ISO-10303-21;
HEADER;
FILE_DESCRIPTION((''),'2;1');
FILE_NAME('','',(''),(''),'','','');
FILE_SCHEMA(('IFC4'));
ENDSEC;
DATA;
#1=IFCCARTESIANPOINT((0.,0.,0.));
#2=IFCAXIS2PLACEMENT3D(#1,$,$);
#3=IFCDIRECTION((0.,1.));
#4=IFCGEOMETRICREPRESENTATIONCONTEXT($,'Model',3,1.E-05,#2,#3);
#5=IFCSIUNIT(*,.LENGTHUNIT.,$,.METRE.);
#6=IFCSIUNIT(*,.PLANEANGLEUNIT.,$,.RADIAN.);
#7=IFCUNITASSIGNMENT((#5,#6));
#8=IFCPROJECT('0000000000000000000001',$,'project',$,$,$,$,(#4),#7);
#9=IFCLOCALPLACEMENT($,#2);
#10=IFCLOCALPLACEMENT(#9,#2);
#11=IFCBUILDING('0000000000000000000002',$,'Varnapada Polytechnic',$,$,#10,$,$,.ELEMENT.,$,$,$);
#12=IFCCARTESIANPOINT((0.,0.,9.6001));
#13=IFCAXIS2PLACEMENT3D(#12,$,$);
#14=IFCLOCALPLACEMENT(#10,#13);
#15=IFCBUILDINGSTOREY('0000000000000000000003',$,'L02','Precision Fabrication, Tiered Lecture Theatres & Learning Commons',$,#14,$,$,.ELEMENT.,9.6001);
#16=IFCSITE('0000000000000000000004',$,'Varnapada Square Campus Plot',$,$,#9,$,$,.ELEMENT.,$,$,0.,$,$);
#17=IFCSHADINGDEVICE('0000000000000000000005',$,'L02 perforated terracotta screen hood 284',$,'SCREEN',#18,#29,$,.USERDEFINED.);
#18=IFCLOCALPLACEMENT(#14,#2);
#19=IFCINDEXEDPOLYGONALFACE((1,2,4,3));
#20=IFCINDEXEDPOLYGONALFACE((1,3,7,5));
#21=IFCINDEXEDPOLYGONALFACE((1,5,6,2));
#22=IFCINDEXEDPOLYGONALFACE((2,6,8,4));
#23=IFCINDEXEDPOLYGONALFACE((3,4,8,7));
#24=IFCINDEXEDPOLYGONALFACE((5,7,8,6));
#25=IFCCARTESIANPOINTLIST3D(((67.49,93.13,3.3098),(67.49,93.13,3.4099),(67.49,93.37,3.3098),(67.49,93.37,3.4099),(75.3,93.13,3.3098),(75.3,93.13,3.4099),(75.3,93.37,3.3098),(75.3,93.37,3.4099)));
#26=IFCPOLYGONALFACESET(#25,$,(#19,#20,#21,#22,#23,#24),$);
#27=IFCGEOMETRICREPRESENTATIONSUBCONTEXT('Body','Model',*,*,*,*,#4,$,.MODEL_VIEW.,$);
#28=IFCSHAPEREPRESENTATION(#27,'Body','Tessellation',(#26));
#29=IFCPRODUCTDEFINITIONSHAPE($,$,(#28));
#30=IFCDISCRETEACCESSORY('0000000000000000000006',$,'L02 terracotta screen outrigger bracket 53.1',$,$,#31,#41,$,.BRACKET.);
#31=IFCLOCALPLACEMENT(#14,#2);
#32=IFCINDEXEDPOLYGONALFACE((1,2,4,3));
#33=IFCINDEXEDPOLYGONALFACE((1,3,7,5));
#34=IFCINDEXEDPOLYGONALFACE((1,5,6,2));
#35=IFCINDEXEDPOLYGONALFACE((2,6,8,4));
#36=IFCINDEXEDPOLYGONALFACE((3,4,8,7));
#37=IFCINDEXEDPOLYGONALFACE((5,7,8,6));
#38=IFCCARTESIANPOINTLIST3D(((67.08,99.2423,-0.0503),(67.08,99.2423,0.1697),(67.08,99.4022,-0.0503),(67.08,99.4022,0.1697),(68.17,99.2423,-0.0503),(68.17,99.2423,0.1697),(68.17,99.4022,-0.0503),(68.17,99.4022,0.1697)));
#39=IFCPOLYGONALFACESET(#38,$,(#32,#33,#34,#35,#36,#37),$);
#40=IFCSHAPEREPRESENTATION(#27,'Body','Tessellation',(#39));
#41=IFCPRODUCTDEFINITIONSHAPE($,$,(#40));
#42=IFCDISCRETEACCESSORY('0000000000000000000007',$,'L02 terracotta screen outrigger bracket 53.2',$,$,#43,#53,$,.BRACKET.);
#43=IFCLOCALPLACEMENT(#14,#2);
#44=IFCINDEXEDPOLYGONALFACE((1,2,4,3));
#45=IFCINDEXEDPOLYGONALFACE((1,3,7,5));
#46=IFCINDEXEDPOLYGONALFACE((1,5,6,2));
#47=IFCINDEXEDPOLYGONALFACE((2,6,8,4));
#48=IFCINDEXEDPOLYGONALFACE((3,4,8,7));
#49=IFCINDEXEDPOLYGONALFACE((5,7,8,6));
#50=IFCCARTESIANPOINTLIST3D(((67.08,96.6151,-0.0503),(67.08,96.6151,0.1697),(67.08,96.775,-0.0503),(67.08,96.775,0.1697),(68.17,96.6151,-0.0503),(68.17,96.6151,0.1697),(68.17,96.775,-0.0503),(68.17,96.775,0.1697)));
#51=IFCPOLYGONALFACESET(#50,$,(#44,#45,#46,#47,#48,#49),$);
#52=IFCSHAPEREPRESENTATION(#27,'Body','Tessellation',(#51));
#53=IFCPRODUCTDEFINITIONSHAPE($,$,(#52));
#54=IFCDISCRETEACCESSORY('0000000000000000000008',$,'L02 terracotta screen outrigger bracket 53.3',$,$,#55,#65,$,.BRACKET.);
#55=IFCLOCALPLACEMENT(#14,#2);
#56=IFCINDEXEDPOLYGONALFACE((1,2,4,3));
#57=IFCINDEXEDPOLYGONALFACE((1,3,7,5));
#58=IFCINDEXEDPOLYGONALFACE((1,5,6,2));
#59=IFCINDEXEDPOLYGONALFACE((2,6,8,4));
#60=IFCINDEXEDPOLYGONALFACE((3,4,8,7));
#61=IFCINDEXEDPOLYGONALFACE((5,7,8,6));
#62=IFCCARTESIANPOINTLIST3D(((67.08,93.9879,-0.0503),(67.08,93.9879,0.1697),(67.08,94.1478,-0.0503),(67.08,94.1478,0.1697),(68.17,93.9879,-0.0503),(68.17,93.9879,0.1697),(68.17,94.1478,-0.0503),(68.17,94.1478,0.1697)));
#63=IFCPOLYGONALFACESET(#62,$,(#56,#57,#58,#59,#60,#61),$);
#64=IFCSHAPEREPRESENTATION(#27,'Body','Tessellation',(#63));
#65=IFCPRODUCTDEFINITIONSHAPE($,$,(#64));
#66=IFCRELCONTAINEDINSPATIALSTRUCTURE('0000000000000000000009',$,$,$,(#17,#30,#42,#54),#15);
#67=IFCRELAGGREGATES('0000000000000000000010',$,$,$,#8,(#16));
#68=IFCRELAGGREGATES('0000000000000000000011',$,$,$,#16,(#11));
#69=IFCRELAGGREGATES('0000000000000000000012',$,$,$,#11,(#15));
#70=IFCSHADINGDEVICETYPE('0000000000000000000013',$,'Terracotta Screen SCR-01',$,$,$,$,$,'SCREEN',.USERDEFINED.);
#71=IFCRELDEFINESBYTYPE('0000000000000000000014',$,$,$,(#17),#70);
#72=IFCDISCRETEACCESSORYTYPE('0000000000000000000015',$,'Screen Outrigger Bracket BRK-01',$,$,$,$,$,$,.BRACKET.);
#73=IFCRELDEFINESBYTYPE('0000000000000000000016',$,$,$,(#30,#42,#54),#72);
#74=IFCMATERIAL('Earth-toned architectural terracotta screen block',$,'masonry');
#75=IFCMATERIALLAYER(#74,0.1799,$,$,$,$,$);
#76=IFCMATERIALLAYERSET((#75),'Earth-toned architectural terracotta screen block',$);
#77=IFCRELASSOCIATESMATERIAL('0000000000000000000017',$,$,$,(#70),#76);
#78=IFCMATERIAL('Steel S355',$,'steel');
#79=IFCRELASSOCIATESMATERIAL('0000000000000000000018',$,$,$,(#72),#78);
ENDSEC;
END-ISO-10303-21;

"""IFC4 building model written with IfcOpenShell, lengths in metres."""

from ifc_helpers import new_model, si_unit, direction, frame, origin, origin_2d, place, context, subcontext, project, spatial, rectangle, extrude, material, layer, layer_set, type_object, element, save


model = new_model("IFC4")

# Units and contexts
model_context = context("Model", 3, precision=1e-05, world=origin(), true_north=direction((0.0, 1.0)))
body_context = subcontext(model_context, "Body", "Model", "MODEL_VIEW")
ifc_project = project(units=[si_unit("LENGTHUNIT", "METRE"), si_unit("PLANEANGLEUNIT", "RADIAN")], contexts=[model_context])

# Site, building, storey
site_placement = place(None, origin())
site = spatial("IfcSite", under=ifc_project, at=site_placement, Name="Varnapada Square Campus Plot", CompositionType="ELEMENT", RefElevation=0.0)
building_placement = place(site_placement, origin())
building = spatial("IfcBuilding", under=site, at=building_placement, Name="Varnapada Polytechnic", CompositionType="ELEMENT")
storey_placement = place(building_placement, frame((0.0, 0.0, 9.6001)))
storey = spatial("IfcBuildingStorey", under=building, at=storey_placement, Name="L02", Description="Precision Fabrication, Tiered Lecture Theatres & Learning Commons", CompositionType="ELEMENT", Elevation=9.6001)

# Shared definitions
ifc_material_1 = material(Name="Earth-toned architectural terracotta screen block", Category="masonry")

# Shading device
ifc_layer_1 = layer(ifc_material_1, 0.1799)
ifc_layer_set_1 = layer_set([ifc_layer_1], Name="Earth-toned architectural terracotta screen block")
shading_device_type = type_object("IfcShadingDeviceType", Name="Terracotta Screen SCR-01", ElementType="SCREEN", PredefinedType="USERDEFINED", material=ifc_layer_set_1)
shading_device_1_placement = place(storey_placement, frame((71.395, 93.25, 3.3098), z_axis=(0.0, 0.0, 1.0), x_axis=(1.0, 0.0, 0.0)))
element("IfcShadingDevice", 1, at=shading_device_1_placement, inside=storey, type_object=shading_device_type, Name="L02 perforated terracotta screen hood 284", ObjectType="SCREEN", PredefinedType="USERDEFINED", context=body_context, shape_type="SweptSolid", body=[
    extrude(rectangle(XDim=7.8101, YDim=0.24, at=origin_2d()), origin(), (0.0, 0.0, 1.0), 0.1001),
])

# Discrete accessories
ifc_material_2 = material(Name="Steel S355", Category="steel")
discrete_accessory_type = type_object("IfcDiscreteAccessoryType", Name="Screen Outrigger Bracket BRK-01", PredefinedType="BRACKET", material=ifc_material_2)
for number, where, z_axis, x_axis, name in (
    (2, (67.625, 99.3223, -0.0503), (0.0, 0.0, 1.0), (0.0, -1.0, 0.0), "L02 terracotta screen outrigger bracket 53.1"),
    (3, (67.625, 96.6951, -0.0503), (0.0, 0.0, 1.0), (0.0, -1.0, 0.0), "L02 terracotta screen outrigger bracket 53.2"),
    (4, (67.625, 94.0679, -0.0503), (0.0, 0.0, 1.0), (0.0, -1.0, 0.0), "L02 terracotta screen outrigger bracket 53.3"),
):
    element("IfcDiscreteAccessory", number, at=place(storey_placement, frame(where, z_axis=z_axis, x_axis=x_axis)), inside=storey, type_object=discrete_accessory_type, Name=name, PredefinedType="BRACKET", context=body_context, shape_type="SweptSolid", body=[
        extrude(rectangle(XDim=0.1599, YDim=1.0901, at=origin_2d()), origin(), (0.0, 0.0, 1.0), 0.22),
    ])

save(model, "model.ifc")
